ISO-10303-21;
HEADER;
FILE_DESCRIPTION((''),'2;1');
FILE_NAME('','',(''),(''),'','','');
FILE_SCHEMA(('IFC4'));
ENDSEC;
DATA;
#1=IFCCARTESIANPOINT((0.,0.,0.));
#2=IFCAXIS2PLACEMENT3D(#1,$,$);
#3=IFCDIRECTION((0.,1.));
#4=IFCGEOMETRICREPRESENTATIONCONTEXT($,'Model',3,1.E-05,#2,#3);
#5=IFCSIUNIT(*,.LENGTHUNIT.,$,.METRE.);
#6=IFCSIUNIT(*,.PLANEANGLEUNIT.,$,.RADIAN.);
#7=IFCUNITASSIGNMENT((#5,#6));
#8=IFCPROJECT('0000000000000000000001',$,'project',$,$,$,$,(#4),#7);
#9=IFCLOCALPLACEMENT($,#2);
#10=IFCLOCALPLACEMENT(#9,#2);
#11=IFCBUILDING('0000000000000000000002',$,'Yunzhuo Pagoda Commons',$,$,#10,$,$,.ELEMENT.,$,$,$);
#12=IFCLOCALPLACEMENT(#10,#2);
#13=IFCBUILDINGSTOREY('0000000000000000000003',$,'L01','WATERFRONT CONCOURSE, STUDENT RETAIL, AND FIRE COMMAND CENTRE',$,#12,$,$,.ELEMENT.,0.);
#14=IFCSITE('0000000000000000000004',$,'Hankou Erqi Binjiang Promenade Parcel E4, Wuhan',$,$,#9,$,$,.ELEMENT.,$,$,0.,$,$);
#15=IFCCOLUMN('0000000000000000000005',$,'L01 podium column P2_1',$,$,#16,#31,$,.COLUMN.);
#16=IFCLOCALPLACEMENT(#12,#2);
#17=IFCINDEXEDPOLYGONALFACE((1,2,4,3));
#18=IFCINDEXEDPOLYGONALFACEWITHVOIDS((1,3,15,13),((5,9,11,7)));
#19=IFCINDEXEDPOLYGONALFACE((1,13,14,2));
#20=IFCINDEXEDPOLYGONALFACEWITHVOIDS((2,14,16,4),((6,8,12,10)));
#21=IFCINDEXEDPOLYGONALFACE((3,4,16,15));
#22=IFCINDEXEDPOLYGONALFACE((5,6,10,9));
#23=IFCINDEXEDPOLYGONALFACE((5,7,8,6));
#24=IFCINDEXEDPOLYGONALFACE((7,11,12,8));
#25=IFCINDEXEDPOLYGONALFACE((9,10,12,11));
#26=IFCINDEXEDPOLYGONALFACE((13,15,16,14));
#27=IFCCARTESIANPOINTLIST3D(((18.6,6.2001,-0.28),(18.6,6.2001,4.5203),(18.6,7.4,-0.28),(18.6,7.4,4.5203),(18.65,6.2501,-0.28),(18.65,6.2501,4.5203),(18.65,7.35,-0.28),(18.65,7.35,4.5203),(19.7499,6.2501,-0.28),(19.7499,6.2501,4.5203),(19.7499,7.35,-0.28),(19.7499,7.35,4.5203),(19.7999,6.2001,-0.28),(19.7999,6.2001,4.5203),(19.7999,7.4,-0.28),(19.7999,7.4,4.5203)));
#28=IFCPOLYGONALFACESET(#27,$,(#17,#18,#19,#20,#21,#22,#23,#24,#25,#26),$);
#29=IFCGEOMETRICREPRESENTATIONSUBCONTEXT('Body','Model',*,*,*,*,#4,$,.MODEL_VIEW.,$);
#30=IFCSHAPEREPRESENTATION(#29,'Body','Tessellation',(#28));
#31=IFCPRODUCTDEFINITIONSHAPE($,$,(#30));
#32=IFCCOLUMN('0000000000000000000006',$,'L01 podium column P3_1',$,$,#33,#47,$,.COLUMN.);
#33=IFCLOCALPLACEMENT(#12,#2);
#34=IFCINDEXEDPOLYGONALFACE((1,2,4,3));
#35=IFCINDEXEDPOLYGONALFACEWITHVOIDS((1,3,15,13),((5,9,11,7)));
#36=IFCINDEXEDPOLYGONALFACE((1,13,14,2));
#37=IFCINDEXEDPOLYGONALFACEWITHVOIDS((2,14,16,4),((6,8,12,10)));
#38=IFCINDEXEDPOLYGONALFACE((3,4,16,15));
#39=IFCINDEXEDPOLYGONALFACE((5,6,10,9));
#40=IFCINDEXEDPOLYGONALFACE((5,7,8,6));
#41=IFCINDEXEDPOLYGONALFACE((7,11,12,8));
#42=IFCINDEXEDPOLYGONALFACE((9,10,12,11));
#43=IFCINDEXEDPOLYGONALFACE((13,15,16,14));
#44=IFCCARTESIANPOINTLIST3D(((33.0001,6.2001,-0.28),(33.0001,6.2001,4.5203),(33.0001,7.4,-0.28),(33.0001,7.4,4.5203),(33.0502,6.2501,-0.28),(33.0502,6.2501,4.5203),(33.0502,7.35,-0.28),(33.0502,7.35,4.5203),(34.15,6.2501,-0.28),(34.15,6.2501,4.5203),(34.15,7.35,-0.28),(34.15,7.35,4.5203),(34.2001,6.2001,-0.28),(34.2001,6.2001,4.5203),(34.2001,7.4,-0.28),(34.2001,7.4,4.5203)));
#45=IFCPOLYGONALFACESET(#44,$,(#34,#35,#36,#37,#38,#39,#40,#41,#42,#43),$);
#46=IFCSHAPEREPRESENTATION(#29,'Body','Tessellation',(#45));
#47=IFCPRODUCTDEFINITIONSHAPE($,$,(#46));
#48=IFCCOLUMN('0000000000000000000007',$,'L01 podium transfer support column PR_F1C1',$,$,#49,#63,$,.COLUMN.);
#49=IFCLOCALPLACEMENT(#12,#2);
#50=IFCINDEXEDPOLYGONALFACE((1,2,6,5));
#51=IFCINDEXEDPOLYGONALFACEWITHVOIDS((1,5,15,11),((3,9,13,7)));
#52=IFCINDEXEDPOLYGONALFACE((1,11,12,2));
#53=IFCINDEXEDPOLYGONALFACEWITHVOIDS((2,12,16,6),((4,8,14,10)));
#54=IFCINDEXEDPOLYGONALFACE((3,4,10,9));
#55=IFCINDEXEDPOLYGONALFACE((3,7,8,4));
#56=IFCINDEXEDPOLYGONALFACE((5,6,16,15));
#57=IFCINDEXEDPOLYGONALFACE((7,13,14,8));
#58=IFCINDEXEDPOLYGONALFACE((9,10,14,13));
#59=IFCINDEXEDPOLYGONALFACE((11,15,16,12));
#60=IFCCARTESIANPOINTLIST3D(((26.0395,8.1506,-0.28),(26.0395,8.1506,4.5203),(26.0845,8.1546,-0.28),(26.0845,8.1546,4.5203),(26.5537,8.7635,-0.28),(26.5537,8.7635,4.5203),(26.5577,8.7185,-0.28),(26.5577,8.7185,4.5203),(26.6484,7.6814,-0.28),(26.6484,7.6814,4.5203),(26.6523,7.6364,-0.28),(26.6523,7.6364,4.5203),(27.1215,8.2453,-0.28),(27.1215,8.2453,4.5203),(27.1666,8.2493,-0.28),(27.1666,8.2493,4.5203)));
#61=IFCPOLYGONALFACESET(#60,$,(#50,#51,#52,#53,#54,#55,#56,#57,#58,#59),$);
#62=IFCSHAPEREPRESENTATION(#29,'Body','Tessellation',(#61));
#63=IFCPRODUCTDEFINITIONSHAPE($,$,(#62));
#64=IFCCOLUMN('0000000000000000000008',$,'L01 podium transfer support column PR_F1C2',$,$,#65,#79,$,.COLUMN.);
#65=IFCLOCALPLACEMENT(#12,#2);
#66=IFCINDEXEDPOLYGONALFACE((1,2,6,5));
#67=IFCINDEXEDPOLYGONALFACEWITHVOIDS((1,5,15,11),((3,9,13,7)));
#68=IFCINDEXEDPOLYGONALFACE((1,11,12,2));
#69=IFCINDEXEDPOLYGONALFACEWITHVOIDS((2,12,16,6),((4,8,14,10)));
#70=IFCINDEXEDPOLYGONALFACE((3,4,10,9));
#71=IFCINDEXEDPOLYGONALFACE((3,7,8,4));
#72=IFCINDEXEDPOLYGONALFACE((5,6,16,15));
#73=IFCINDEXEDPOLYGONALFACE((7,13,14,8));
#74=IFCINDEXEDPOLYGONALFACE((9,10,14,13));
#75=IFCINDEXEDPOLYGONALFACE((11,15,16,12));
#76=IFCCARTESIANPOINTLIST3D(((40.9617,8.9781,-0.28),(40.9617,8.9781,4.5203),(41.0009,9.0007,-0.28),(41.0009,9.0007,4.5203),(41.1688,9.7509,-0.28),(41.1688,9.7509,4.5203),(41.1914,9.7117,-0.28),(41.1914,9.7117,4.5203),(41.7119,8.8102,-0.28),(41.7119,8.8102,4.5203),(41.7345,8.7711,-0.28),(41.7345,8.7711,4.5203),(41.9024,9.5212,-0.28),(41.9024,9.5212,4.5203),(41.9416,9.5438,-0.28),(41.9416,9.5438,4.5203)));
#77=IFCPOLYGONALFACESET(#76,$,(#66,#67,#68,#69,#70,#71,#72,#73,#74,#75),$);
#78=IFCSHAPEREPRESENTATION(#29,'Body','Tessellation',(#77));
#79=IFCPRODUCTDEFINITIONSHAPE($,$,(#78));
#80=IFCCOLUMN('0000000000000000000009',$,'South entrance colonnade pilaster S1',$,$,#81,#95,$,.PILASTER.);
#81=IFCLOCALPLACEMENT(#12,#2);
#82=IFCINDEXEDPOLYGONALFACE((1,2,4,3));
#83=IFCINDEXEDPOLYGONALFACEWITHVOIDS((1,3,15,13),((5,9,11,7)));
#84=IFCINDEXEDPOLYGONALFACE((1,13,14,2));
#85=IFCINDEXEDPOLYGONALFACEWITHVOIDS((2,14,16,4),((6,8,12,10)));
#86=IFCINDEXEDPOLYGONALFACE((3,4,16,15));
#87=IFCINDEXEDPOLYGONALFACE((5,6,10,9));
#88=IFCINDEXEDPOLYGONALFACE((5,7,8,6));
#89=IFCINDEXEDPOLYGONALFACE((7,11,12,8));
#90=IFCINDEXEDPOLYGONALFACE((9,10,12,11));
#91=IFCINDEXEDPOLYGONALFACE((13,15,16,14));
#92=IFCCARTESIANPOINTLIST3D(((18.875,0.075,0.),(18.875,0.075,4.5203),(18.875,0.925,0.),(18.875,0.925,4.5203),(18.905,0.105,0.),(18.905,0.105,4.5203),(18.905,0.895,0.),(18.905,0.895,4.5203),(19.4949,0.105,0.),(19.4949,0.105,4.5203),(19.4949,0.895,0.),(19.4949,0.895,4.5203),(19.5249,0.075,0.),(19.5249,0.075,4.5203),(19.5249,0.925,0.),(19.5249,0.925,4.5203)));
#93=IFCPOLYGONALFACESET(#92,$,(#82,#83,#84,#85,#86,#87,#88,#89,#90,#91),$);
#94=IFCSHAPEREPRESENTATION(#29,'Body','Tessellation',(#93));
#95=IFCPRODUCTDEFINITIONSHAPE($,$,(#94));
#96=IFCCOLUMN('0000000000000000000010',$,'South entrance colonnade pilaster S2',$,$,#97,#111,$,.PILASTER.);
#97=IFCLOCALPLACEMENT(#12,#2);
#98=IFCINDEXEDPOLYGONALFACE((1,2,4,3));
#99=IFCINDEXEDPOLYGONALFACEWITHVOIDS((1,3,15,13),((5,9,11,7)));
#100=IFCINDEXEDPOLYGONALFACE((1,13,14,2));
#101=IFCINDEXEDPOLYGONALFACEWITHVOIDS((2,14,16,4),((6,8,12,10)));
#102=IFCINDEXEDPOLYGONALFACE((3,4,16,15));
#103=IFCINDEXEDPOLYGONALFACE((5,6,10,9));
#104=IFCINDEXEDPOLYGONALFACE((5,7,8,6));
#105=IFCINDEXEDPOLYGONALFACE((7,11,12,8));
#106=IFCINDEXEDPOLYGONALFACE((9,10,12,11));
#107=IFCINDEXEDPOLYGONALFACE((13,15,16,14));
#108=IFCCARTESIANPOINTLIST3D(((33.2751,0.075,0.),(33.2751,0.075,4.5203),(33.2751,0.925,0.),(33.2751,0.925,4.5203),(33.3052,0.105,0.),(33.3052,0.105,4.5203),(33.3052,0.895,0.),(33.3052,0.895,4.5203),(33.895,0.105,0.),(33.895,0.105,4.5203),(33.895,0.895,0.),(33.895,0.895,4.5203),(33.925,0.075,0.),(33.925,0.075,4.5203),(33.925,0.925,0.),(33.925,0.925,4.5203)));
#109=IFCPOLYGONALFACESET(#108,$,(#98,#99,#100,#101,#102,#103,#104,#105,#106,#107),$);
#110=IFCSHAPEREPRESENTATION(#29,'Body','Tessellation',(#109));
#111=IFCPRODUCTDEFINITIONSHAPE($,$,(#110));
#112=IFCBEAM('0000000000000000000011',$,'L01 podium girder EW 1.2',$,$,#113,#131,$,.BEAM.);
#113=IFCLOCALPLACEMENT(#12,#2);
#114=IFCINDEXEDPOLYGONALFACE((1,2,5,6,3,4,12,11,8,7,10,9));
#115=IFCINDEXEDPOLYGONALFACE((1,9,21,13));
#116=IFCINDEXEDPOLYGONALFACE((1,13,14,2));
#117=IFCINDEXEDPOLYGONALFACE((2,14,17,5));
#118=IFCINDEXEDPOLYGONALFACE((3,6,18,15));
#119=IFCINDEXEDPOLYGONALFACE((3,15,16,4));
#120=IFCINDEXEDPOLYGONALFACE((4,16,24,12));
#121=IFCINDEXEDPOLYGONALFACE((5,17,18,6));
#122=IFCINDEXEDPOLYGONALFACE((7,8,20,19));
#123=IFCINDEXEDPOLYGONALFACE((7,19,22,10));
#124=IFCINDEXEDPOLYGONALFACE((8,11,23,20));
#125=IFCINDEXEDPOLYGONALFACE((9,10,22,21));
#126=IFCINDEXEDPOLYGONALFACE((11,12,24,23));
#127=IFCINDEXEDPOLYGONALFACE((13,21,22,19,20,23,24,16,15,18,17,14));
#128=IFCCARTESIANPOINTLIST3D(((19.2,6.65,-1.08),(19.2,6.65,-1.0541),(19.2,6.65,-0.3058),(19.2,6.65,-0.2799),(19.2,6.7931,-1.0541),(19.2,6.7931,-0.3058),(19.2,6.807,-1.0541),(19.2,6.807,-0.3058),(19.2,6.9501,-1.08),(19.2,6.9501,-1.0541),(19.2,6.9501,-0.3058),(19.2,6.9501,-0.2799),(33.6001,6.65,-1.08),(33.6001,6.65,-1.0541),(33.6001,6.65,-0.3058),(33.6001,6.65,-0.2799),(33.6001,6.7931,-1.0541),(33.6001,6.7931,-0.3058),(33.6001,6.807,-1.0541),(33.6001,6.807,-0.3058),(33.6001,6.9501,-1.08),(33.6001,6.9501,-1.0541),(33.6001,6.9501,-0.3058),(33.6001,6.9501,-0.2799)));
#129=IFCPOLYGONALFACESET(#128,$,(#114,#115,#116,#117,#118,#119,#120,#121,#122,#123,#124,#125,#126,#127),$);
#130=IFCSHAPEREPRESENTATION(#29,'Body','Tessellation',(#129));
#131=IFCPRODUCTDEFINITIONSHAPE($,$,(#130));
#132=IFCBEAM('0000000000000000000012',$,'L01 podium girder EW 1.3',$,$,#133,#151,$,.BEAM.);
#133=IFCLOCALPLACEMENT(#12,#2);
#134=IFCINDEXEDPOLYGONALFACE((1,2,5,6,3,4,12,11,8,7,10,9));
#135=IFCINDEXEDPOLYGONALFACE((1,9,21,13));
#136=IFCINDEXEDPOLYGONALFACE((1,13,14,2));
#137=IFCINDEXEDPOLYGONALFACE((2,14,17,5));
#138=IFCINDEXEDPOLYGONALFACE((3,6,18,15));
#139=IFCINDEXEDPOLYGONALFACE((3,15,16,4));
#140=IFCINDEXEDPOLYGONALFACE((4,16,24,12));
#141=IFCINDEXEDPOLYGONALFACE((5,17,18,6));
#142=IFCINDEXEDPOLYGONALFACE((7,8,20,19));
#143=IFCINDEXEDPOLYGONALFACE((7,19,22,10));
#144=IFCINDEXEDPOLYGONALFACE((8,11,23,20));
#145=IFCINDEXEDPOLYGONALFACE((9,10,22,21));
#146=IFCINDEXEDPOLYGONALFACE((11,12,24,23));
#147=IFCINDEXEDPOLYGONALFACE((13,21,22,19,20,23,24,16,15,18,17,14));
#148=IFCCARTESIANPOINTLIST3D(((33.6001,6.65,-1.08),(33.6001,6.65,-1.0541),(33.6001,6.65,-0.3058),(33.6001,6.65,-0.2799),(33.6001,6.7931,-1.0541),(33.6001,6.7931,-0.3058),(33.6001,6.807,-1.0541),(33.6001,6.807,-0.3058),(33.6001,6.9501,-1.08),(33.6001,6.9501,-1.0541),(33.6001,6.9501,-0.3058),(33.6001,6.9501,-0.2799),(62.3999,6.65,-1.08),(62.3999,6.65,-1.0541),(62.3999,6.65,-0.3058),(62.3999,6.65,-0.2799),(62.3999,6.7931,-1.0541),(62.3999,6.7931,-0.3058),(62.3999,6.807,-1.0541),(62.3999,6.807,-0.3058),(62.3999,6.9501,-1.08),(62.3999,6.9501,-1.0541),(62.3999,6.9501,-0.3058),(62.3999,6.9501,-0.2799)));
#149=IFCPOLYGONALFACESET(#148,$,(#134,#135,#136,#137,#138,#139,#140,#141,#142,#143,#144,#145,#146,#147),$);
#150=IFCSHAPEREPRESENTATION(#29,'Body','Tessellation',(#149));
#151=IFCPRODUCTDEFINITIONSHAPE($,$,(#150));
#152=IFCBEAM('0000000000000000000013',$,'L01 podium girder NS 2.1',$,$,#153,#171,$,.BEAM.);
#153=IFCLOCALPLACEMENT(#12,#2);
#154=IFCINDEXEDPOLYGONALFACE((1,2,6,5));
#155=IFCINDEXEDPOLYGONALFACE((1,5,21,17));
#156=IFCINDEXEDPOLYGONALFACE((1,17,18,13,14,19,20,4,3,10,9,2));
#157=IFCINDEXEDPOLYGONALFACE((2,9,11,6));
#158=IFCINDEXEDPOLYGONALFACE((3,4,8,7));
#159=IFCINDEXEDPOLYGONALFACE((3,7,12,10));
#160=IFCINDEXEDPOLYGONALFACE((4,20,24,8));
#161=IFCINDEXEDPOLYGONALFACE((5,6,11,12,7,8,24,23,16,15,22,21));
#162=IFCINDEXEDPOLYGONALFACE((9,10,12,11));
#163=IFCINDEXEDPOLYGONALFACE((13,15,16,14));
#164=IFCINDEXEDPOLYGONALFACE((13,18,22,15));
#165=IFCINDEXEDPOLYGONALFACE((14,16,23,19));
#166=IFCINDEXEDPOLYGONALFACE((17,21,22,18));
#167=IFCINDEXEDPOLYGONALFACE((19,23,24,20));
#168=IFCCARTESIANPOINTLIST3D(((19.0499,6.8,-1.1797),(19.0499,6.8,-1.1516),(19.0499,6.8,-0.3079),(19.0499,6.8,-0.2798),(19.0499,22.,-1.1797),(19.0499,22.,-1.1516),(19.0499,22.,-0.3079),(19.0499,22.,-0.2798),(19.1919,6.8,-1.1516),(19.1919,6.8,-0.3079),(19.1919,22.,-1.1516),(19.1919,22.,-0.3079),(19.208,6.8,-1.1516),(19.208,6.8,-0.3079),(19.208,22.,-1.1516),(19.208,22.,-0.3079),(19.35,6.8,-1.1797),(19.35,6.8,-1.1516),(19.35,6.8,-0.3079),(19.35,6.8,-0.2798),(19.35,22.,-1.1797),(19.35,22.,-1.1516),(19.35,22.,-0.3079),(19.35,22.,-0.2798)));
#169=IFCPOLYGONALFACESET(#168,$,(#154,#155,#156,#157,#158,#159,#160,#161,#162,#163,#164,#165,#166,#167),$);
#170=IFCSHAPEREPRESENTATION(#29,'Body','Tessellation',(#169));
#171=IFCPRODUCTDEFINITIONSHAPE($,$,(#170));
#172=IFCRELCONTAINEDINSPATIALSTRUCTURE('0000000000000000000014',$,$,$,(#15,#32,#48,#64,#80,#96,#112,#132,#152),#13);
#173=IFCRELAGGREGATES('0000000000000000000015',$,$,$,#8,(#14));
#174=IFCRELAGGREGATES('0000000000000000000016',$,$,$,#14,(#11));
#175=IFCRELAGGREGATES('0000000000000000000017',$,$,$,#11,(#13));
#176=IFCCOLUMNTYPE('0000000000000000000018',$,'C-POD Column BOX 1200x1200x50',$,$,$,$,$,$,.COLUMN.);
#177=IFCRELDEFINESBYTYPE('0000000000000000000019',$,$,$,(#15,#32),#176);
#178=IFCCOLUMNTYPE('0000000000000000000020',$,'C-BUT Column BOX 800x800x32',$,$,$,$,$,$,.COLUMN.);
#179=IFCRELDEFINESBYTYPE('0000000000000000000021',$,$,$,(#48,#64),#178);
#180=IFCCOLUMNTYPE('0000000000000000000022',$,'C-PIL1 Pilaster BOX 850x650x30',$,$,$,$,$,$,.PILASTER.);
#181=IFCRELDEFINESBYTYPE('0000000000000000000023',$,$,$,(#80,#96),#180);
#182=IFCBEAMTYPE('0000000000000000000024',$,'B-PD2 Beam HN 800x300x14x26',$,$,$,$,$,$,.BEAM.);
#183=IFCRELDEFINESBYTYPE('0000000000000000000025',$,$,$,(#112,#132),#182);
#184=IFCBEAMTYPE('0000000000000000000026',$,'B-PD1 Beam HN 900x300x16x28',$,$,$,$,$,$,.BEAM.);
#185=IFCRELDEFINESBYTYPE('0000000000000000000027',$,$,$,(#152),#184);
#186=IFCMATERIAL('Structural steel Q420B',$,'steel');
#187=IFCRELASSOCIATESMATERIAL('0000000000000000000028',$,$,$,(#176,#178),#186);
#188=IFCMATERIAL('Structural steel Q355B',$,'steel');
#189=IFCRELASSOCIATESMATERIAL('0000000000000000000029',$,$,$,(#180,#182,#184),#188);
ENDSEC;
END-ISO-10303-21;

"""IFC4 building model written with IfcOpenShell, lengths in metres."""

from ifc_helpers import new_model, si_unit, direction, frame, origin, origin_2d, place, context, subcontext, project, spatial, hollow_rectangle, i_section, extrude, source, transform, mapped, material, material_profile, profile_set, type_object, element, save


model = new_model("IFC4")

# Units and contexts
model_context = context("Model", 3, precision=1e-05, world=origin(), true_north=direction((0.0, 1.0)))
body_context = subcontext(model_context, "Body", "Model", "MODEL_VIEW")
ifc_project = project(units=[si_unit("LENGTHUNIT", "METRE"), si_unit("PLANEANGLEUNIT", "RADIAN")], contexts=[model_context])

# Site, building, storey
site_placement = place(None, origin())
site = spatial("IfcSite", under=ifc_project, at=site_placement, Name="Hankou Erqi Binjiang Promenade Parcel E4, Wuhan", CompositionType="ELEMENT", RefElevation=0.0)
building_placement = place(site_placement, origin())
building = spatial("IfcBuilding", under=site, at=building_placement, Name="Yunzhuo Pagoda Commons", CompositionType="ELEMENT")
storey_placement = place(building_placement, origin())
storey = spatial("IfcBuildingStorey", under=building, at=storey_placement, Name="L01", Description="WATERFRONT CONCOURSE, STUDENT RETAIL, AND FIRE COMMAND CENTRE", CompositionType="ELEMENT", Elevation=0.0)

# Columns
ifc_material_1 = material(Name="Structural steel Q420B", Category="steel")
ifc_material_profile_1 = material_profile(ifc_material_1, hollow_rectangle(XDim=1.2, YDim=1.2, WallThickness=0.05, at=origin_2d()), Name="Structural steel Q420B")
ifc_profile_set_1 = profile_set([ifc_material_profile_1], Name="Structural steel Q420B")
column_type_1 = type_object("IfcColumnType", Name="C-POD Column BOX 1200x1200x50", PredefinedType="COLUMN", material=ifc_profile_set_1)
shared_shape_1 = source(origin(), body_context, "Body", "SweptSolid", [
    extrude(hollow_rectangle(XDim=1.2, YDim=1.2, WallThickness=0.05, at=origin_2d()), origin(), (0.0, 0.0, 1.0), 4.8003),
])
for number, where, z_axis, x_axis, name in (
    (1, (19.2, 6.8, -0.28), (0.0, 0.0, 1.0), (1.0, 0.0, 0.0), "L01 podium column P2_1"),
    (2, (33.6001, 6.8, -0.28), (0.0, 0.0, 1.0), (1.0, 0.0, 0.0), "L01 podium column P3_1"),
):
    element("IfcColumn", number, at=place(storey_placement, frame(where, z_axis=z_axis, x_axis=x_axis)), inside=storey, type_object=column_type_1, Name=name, PredefinedType="COLUMN", context=body_context, shape_type="MappedRepresentation", body=[
        mapped(shared_shape_1, transform((0.0, 0.0, 0.0), scale=1.0)),
    ])
ifc_material_profile_2 = material_profile(ifc_material_1, hollow_rectangle(XDim=0.8, YDim=0.8, WallThickness=0.032, at=origin_2d()), Name="Structural steel Q420B")
ifc_profile_set_2 = profile_set([ifc_material_profile_2], Name="Structural steel Q420B")
column_type_2 = type_object("IfcColumnType", Name="C-BUT Column BOX 800x800x32", PredefinedType="COLUMN", material=ifc_profile_set_2)
shared_shape_2 = source(origin(), body_context, "Body", "SweptSolid", [
    extrude(hollow_rectangle(XDim=0.8, YDim=0.8, WallThickness=0.032, at=origin_2d()), origin(), (0.0, 0.0, 1.0), 4.8003),
])
for number, where, z_axis, x_axis, name in (
    (3, (26.603, 8.2, -0.28), (0.0, 0.0, 1.0), (0.766044, -0.642788, 0.0), "L01 podium transfer support column PR_F1C1"),
    (4, (41.4517, 9.261, -0.28), (0.0, 0.0, 1.0), (0.965926, -0.258819, 0.0), "L01 podium transfer support column PR_F1C2"),
):
    element("IfcColumn", number, at=place(storey_placement, frame(where, z_axis=z_axis, x_axis=x_axis)), inside=storey, type_object=column_type_2, Name=name, PredefinedType="COLUMN", context=body_context, shape_type="MappedRepresentation", body=[
        mapped(shared_shape_2, transform((0.0, 0.0, 0.0), scale=1.0)),
    ])
ifc_material_2 = material(Name="Structural steel Q355B", Category="steel")
ifc_material_profile_3 = material_profile(ifc_material_2, hollow_rectangle(XDim=0.6499, YDim=0.8501, WallThickness=0.03, at=origin_2d()), Name="Structural steel Q355B")
ifc_profile_set_3 = profile_set([ifc_material_profile_3], Name="Structural steel Q355B")
column_type_3 = type_object("IfcColumnType", Name="C-PIL1 Pilaster BOX 850x650x30", PredefinedType="PILASTER", material=ifc_profile_set_3)
shared_shape_3 = source(origin(), body_context, "Body", "SweptSolid", [
    extrude(hollow_rectangle(XDim=0.6499, YDim=0.8501, WallThickness=0.03, at=origin_2d()), origin(), (0.0, 0.0, 1.0), 4.5203),
])
for number, where, z_axis, x_axis, name in (
    (5, (19.2, 0.5, 0.0), (0.0, 0.0, 1.0), (1.0, 0.0, 0.0), "South entrance colonnade pilaster S1"),
    (6, (33.6001, 0.5, 0.0), (0.0, 0.0, 1.0), (1.0, 0.0, 0.0), "South entrance colonnade pilaster S2"),
):
    element("IfcColumn", number, at=place(storey_placement, frame(where, z_axis=z_axis, x_axis=x_axis)), inside=storey, type_object=column_type_3, Name=name, PredefinedType="PILASTER", context=body_context, shape_type="MappedRepresentation", body=[
        mapped(shared_shape_3, transform((0.0, 0.0, 0.0), scale=1.0)),
    ])

# Beams
ifc_material_profile_4 = material_profile(ifc_material_2, i_section(OverallWidth=0.3, OverallDepth=0.8, WebThickness=0.0139, FlangeThickness=0.0259, at=origin_2d()), Name="Structural steel Q355B")
ifc_profile_set_4 = profile_set([ifc_material_profile_4], Name="Structural steel Q355B")
beam_type_1 = type_object("IfcBeamType", Name="B-PD2 Beam HN 800x300x14x26", PredefinedType="BEAM", material=ifc_profile_set_4)
shared_shape_4 = source(origin(), body_context, "Body", "SweptSolid", [
    extrude(i_section(OverallWidth=0.3, OverallDepth=0.8, WebThickness=0.0139, FlangeThickness=0.0259, at=origin_2d()), origin(), (0.0, 0.0, 1.0), 14.4001),
])
beam_1_placement = place(storey_placement, frame((19.2, 6.8, -0.6799), z_axis=(1.0, 0.0, 0.0), x_axis=(0.0, 1.0, 0.0)))
element("IfcBeam", 7, at=beam_1_placement, inside=storey, type_object=beam_type_1, Name="L01 podium girder EW 1.2", PredefinedType="BEAM", context=body_context, shape_type="MappedRepresentation", body=[
    mapped(shared_shape_4, transform((0.0, 0.0, 0.0), scale=1.0)),
])
shared_shape_5 = source(origin(), body_context, "Body", "SweptSolid", [
    extrude(i_section(OverallWidth=0.3, OverallDepth=0.8, WebThickness=0.0139, FlangeThickness=0.0259, at=origin_2d()), origin(), (0.0, 0.0, 1.0), 28.7998),
])
beam_2_placement = place(storey_placement, frame((33.6001, 6.8, -0.6799), z_axis=(1.0, 0.0, 0.0), x_axis=(0.0, 1.0, 0.0)))
element("IfcBeam", 8, at=beam_2_placement, inside=storey, type_object=beam_type_1, Name="L01 podium girder EW 1.3", PredefinedType="BEAM", context=body_context, shape_type="MappedRepresentation", body=[
    mapped(shared_shape_5, transform((0.0, 0.0, 0.0), scale=1.0)),
])
ifc_material_profile_5 = material_profile(ifc_material_2, i_section(OverallWidth=0.3, OverallDepth=0.8999, WebThickness=0.0161, FlangeThickness=0.0281, at=origin_2d()), Name="Structural steel Q355B")
ifc_profile_set_5 = profile_set([ifc_material_profile_5], Name="Structural steel Q355B")
beam_type_2 = type_object("IfcBeamType", Name="B-PD1 Beam HN 900x300x16x28", PredefinedType="BEAM", material=ifc_profile_set_5)
shared_shape_6 = source(origin(), body_context, "Body", "SweptSolid", [
    extrude(i_section(OverallWidth=0.3, OverallDepth=0.8999, WebThickness=0.0161, FlangeThickness=0.0281, at=origin_2d()), origin(), (0.0, 0.0, 1.0), 15.2),
])
for number, where, z_axis, x_axis, name in (
    (9, (19.2, 6.8, -0.7297), (0.0, 1.0, 0.0), (-1.0, 0.0, 0.0), "L01 podium girder NS 2.1"),
):
    element("IfcBeam", number, at=place(storey_placement, frame(where, z_axis=z_axis, x_axis=x_axis)), inside=storey, type_object=beam_type_2, Name=name, PredefinedType="BEAM", context=body_context, shape_type="MappedRepresentation", body=[
        mapped(shared_shape_6, transform((0.0, 0.0, 0.0), scale=1.0)),
    ])

save(model, "model.ifc")
